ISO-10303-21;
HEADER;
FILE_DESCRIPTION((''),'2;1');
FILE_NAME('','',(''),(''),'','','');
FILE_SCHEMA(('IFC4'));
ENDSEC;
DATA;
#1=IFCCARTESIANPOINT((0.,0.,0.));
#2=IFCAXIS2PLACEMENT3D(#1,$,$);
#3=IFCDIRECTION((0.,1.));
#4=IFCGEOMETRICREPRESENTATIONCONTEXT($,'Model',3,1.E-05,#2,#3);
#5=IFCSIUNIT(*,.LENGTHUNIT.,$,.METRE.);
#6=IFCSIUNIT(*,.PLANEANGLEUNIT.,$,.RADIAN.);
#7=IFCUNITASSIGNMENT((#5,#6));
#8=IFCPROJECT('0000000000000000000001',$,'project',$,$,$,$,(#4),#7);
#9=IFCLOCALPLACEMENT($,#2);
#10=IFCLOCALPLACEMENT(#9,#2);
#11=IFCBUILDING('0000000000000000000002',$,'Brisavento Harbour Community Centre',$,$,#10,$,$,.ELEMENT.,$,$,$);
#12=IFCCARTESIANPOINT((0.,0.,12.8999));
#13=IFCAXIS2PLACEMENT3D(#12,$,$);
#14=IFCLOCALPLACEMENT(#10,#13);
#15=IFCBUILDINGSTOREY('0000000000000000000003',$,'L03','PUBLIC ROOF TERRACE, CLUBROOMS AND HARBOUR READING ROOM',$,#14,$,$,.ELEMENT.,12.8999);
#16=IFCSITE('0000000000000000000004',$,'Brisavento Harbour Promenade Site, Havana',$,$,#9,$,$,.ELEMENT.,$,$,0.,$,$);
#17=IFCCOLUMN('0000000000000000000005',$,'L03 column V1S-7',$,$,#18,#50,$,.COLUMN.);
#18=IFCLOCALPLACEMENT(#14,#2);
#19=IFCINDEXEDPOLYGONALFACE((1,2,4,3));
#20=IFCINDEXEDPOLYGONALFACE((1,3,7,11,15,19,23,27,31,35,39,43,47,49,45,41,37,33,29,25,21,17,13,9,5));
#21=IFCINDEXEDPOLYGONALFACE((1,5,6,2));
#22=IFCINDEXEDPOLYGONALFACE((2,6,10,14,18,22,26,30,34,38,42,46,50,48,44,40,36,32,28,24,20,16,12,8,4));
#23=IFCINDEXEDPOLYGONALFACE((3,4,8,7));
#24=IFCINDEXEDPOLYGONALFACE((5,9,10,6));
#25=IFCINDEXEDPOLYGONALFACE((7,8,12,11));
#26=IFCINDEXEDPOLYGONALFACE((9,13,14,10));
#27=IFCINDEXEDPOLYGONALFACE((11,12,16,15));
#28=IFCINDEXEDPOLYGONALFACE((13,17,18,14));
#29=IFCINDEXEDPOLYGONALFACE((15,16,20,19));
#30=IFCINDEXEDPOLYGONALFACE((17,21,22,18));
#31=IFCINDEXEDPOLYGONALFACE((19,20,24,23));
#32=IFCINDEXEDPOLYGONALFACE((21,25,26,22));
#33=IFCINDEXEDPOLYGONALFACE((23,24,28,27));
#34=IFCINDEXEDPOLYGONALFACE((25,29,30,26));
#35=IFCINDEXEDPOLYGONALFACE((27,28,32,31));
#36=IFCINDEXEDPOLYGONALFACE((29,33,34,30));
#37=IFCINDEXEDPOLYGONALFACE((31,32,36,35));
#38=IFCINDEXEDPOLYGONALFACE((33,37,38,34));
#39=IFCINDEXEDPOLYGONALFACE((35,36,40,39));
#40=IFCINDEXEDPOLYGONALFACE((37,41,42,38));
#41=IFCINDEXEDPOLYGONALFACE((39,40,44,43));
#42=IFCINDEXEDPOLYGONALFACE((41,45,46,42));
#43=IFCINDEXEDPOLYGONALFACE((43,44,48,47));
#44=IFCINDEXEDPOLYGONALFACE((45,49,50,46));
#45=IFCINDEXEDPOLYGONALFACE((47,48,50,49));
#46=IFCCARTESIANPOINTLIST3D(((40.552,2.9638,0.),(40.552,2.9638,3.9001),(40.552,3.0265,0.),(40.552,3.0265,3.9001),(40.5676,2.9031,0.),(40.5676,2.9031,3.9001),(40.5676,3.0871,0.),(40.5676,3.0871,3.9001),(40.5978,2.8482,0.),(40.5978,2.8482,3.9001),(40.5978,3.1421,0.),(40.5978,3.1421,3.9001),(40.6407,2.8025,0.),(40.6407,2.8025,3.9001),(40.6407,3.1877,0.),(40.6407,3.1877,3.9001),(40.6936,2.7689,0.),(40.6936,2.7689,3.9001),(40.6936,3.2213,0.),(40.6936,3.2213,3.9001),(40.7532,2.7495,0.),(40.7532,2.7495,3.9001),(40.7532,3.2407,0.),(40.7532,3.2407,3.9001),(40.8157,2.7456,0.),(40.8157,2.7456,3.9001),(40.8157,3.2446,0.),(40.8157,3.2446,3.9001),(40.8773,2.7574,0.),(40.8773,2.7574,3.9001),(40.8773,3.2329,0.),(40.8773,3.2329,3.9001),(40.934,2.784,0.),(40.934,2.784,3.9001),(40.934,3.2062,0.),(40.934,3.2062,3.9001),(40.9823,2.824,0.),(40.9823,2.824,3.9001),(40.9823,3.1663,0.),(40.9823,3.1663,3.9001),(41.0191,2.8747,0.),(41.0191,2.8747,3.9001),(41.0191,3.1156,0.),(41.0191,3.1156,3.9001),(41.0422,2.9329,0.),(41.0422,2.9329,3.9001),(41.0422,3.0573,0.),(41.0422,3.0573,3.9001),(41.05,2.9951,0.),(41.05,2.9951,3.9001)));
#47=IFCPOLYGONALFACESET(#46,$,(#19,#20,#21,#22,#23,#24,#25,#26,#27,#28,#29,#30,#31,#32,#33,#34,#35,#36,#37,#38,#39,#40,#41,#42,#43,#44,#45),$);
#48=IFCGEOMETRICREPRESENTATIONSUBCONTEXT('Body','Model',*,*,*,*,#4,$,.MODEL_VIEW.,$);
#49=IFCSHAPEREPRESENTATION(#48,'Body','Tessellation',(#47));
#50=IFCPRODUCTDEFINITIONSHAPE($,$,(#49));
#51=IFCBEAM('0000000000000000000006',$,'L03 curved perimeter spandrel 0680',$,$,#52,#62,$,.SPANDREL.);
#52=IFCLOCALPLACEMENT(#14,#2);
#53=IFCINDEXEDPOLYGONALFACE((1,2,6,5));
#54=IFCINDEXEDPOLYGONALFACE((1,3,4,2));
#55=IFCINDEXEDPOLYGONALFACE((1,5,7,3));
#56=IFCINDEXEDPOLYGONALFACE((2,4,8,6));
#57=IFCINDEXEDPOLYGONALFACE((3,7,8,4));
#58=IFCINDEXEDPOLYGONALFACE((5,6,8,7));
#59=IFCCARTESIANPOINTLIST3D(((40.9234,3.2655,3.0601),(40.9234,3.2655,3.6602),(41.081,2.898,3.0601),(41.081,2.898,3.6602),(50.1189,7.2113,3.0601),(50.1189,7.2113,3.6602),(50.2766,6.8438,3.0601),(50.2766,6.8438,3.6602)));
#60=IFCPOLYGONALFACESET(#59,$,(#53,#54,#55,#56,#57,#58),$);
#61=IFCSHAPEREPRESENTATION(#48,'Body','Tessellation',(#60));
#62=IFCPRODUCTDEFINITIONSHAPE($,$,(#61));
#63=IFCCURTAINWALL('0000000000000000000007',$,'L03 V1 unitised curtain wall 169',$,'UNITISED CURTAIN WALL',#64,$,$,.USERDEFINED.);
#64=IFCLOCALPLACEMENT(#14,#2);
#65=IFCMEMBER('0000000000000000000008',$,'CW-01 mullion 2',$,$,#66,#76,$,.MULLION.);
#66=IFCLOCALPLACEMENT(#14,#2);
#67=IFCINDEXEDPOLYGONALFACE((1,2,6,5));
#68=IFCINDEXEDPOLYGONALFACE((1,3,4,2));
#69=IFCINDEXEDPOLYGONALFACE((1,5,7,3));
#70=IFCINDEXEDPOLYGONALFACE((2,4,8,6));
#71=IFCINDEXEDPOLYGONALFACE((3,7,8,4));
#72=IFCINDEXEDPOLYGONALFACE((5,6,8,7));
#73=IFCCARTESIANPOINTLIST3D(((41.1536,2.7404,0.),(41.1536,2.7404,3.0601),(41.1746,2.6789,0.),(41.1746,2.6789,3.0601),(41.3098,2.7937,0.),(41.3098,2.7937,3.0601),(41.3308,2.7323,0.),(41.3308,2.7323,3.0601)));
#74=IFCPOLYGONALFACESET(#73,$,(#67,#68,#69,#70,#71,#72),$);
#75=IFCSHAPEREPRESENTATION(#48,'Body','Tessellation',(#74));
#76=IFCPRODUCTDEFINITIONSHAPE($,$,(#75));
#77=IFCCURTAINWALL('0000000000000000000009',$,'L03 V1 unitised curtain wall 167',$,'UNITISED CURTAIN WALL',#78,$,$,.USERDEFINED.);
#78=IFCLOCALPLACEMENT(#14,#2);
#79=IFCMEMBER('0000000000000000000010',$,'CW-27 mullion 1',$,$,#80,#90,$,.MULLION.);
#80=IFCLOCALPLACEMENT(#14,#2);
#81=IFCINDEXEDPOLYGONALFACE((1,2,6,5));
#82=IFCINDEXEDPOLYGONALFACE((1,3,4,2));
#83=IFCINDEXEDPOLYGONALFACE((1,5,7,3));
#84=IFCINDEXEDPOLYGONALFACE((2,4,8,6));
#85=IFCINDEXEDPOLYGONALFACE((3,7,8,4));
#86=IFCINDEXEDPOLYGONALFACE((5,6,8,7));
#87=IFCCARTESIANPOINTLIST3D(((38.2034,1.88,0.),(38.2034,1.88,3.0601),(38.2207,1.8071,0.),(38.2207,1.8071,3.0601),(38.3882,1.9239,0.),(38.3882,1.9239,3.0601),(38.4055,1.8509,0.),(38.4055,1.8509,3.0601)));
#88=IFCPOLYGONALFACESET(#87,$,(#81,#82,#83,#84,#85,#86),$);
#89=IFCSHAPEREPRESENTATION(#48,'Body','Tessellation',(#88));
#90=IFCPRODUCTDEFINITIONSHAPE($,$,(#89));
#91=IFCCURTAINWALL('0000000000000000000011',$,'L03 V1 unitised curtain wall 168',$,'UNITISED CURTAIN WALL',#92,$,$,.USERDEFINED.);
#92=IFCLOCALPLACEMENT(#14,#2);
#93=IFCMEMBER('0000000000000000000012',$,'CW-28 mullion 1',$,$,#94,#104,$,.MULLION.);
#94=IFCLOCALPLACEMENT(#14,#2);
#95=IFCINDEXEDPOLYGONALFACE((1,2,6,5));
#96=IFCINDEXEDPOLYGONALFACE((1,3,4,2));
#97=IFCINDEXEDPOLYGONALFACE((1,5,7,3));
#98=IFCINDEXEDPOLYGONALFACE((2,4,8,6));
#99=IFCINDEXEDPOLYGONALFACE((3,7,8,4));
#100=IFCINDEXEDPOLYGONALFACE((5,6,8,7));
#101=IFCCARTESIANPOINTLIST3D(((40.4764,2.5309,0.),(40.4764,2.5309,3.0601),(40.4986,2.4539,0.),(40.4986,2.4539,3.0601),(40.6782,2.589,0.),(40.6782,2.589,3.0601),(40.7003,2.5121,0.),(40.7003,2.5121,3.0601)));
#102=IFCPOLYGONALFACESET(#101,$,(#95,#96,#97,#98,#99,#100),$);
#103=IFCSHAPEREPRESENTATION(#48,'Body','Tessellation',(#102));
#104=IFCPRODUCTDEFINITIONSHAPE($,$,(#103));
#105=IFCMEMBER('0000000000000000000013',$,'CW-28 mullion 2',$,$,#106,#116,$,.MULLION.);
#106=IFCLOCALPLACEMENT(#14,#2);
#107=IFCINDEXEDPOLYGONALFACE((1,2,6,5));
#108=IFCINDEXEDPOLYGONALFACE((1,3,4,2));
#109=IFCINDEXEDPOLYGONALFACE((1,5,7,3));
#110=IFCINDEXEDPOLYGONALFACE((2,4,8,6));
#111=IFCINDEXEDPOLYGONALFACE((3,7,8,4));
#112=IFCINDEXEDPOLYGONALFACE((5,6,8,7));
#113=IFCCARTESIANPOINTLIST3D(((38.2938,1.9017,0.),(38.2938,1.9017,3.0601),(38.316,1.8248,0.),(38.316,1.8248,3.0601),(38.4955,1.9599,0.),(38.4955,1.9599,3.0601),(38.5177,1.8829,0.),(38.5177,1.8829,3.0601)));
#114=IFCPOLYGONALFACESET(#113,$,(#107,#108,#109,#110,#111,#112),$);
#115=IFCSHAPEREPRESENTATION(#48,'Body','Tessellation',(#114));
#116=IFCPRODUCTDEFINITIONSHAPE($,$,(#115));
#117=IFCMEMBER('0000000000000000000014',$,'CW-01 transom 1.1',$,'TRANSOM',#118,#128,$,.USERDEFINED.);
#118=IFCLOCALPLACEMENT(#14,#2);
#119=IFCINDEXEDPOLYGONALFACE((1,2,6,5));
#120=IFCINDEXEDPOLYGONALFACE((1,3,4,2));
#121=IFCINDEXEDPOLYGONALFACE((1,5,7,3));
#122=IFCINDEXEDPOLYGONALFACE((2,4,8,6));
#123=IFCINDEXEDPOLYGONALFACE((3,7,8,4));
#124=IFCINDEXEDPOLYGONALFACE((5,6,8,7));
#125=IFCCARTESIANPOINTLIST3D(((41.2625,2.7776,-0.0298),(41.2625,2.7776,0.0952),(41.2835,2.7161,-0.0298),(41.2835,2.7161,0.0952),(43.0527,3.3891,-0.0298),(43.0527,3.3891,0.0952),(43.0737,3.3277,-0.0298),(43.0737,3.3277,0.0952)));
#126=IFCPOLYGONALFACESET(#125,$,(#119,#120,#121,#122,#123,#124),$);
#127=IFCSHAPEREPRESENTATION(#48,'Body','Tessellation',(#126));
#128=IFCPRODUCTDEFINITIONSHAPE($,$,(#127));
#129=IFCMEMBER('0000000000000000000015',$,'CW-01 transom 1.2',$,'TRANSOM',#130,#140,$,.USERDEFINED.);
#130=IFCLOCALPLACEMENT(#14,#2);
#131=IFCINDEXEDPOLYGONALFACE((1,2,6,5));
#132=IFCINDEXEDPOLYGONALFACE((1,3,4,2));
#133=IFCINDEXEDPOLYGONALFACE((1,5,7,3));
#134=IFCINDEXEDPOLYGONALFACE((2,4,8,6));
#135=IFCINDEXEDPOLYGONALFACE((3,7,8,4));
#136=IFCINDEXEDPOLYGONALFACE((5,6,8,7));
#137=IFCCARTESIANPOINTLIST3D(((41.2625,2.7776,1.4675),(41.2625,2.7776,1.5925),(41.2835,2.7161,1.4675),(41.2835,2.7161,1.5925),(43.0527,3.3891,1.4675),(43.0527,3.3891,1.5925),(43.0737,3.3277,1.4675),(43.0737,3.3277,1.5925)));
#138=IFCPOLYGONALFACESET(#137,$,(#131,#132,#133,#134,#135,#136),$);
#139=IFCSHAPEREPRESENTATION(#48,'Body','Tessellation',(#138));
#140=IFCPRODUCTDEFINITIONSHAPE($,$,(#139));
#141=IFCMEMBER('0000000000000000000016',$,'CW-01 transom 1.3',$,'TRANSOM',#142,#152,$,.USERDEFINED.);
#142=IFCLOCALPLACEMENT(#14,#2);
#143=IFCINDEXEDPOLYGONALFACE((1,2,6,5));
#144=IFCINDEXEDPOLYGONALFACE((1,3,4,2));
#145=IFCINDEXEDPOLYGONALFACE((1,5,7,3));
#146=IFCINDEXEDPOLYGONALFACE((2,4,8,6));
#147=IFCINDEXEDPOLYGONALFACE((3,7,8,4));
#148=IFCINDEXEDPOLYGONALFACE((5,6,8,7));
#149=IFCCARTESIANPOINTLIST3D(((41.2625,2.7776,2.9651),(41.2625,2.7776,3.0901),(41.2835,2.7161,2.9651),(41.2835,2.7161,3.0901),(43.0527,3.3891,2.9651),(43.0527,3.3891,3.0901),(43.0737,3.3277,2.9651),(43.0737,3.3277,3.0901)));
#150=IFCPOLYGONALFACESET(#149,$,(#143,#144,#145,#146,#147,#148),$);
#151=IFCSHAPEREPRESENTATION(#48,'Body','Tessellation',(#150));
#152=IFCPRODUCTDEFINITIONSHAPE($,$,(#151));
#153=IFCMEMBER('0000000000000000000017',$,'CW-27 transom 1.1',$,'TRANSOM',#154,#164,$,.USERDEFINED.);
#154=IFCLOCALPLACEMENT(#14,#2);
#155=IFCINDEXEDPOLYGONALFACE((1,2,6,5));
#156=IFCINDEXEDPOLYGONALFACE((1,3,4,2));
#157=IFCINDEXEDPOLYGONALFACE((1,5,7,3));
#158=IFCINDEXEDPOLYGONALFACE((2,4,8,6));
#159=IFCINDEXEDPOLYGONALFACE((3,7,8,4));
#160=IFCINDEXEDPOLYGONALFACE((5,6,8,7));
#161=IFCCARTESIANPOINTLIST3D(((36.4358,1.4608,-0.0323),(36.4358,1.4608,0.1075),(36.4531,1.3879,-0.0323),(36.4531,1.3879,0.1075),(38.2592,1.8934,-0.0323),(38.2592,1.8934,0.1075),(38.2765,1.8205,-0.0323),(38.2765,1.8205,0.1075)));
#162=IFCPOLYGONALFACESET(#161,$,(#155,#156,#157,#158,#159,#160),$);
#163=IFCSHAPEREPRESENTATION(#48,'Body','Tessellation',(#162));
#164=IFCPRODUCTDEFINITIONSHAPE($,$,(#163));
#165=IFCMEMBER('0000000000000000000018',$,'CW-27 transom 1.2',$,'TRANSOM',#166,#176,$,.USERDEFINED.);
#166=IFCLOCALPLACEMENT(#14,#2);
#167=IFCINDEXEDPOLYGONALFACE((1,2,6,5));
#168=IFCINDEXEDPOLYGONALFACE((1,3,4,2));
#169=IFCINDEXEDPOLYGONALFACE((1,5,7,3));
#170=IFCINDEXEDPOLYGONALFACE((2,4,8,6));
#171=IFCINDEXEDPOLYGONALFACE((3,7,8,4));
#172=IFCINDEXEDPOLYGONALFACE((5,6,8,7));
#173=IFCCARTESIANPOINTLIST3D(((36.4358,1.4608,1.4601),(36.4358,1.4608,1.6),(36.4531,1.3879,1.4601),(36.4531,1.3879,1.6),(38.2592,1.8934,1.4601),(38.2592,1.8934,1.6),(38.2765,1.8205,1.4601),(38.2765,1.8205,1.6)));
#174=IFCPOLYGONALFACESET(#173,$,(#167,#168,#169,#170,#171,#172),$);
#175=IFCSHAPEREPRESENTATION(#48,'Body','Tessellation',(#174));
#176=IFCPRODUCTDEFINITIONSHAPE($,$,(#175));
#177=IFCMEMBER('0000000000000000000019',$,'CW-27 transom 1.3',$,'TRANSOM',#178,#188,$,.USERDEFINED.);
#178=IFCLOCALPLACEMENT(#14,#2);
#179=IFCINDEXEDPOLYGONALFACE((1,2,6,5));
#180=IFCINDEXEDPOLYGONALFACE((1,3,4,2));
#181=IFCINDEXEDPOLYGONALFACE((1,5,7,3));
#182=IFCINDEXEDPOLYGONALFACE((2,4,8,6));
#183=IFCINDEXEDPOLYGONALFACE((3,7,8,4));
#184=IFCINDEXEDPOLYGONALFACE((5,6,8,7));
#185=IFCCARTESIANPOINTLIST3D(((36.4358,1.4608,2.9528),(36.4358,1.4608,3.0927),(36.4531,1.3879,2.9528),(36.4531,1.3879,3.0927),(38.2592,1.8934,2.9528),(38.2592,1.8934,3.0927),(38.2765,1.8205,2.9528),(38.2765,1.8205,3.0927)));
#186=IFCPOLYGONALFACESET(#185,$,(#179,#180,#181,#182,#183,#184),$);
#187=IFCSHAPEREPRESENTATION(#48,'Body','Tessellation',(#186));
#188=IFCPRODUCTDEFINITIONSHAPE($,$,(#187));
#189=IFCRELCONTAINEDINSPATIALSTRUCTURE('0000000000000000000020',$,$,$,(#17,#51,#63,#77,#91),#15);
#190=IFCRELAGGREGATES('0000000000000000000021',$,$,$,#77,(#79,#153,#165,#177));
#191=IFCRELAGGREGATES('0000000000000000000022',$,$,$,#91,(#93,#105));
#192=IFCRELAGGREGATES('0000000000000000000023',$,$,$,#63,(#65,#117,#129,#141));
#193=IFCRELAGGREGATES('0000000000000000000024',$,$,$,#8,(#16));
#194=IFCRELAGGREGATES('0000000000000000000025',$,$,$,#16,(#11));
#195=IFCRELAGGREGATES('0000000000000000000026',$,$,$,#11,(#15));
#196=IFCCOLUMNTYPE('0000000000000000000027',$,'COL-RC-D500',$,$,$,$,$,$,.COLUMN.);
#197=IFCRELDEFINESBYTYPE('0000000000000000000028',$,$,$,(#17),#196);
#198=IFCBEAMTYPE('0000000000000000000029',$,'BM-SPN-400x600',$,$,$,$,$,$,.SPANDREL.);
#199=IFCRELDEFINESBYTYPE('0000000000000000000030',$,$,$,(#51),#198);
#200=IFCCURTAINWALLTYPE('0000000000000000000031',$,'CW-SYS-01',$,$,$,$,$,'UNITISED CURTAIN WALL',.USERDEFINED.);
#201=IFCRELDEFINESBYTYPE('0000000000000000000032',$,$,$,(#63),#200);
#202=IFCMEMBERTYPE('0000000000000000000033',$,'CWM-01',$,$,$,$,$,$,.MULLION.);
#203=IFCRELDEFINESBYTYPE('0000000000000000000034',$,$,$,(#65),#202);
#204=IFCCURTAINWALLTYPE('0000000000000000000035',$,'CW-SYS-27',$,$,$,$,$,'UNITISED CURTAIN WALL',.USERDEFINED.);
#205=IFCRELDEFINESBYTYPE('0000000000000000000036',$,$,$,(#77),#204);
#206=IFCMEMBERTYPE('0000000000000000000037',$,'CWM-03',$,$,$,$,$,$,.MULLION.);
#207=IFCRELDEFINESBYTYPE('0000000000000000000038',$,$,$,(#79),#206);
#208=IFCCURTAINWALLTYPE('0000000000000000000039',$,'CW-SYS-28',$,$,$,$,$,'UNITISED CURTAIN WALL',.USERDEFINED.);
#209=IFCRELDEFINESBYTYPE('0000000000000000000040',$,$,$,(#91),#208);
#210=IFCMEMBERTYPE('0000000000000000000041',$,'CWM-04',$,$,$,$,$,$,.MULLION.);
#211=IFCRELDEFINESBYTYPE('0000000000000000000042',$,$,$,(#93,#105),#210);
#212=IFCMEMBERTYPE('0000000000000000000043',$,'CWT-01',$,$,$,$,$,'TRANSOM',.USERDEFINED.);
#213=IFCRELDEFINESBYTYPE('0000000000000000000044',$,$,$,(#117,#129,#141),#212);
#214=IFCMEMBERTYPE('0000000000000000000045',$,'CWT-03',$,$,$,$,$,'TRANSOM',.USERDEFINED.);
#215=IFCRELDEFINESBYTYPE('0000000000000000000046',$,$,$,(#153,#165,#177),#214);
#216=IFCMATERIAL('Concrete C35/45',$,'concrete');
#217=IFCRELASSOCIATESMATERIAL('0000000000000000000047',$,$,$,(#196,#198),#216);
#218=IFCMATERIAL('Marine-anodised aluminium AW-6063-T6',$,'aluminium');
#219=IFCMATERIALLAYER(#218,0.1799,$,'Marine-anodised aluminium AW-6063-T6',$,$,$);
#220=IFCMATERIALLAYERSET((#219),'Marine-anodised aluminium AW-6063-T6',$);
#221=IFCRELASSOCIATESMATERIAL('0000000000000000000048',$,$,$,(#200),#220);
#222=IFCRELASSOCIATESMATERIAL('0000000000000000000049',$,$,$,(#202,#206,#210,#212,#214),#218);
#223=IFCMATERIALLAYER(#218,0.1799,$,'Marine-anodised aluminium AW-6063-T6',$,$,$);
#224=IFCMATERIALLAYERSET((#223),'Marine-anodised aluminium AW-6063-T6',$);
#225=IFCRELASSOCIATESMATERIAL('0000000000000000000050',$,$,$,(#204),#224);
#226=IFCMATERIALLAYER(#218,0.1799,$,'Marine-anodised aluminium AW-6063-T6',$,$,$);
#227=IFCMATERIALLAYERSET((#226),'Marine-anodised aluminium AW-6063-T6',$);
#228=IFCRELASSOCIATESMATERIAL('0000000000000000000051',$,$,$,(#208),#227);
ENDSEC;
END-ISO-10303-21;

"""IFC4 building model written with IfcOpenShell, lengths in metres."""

from ifc_helpers import new_model, si_unit, direction, frame, origin, origin_2d, place, context, subcontext, project, spatial, rectangle, circle, extrude, material, layer, layer_set, material_profile, profile_set, type_object, element, aggregate, save


model = new_model("IFC4")

# Units and contexts
model_context = context("Model", 3, precision=1e-05, world=origin(), true_north=direction((0.0, 1.0)))
body_context = subcontext(model_context, "Body", "Model", "MODEL_VIEW")
ifc_project = project(units=[si_unit("LENGTHUNIT", "METRE"), si_unit("PLANEANGLEUNIT", "RADIAN")], contexts=[model_context])

# Site, building, storey
site_placement = place(None, origin())
site = spatial("IfcSite", under=ifc_project, at=site_placement, Name="Brisavento Harbour Promenade Site, Havana", CompositionType="ELEMENT", RefElevation=0.0)
building_placement = place(site_placement, origin())
building = spatial("IfcBuilding", under=site, at=building_placement, Name="Brisavento Harbour Community Centre", CompositionType="ELEMENT")
storey_placement = place(building_placement, frame((0.0, 0.0, 12.8999)))
storey = spatial("IfcBuildingStorey", under=building, at=storey_placement, Name="L03", Description="PUBLIC ROOF TERRACE, CLUBROOMS AND HARBOUR READING ROOM", CompositionType="ELEMENT", Elevation=12.8999)

# Column
ifc_material_1 = material(Name="Concrete C35/45", Category="concrete")
ifc_material_profile_1 = material_profile(ifc_material_1, circle(Radius=0.25, at=origin_2d()), Name="Concrete C35/45")
ifc_profile_set_1 = profile_set([ifc_material_profile_1], Name="Concrete C35/45")
column_type = type_object("IfcColumnType", Name="COL-RC-D500", PredefinedType="COLUMN", material=ifc_profile_set_1)
column_placement = place(storey_placement, frame((40.8, 2.9951, 0.0), z_axis=(0.0, 0.0, 1.0), x_axis=(1.0, 0.0, 0.0)))
element("IfcColumn", 1, at=column_placement, inside=storey, type_object=column_type, Name="L03 column V1S-7", PredefinedType="COLUMN", context=body_context, shape_type="SweptSolid", body=[
    extrude(circle(Radius=0.25, at=origin_2d()), origin(), (0.0, 0.0, 1.0), 3.9001),
])

# Beam
ifc_material_profile_2 = material_profile(ifc_material_1, rectangle(XDim=0.3999, YDim=0.6001, at=origin_2d()), Name="Concrete C35/45")
ifc_profile_set_2 = profile_set([ifc_material_profile_2], Name="Concrete C35/45")
beam_type = type_object("IfcBeamType", Name="BM-SPN-400x600", PredefinedType="SPANDREL", material=ifc_profile_set_2)
beam_placement = place(storey_placement, frame((41.0022, 3.0818, 3.3601), z_axis=(0.91897, 0.394329, 0.0), x_axis=(-0.394329, 0.91897, 0.0)))
element("IfcBeam", 2, at=beam_placement, inside=storey, type_object=beam_type, Name="L03 curved perimeter spandrel 0680", PredefinedType="SPANDREL", context=body_context, shape_type="SweptSolid", body=[
    extrude(rectangle(XDim=0.3999, YDim=0.6001, at=origin_2d()), origin(), (0.0, 0.0, 1.0), 10.0063),
])

# Curtain walls, members
ifc_material_2 = material(Name="Marine-anodised aluminium AW-6063-T6", Category="aluminium")
ifc_layer_1 = layer(ifc_material_2, 0.1799, Name="Marine-anodised aluminium AW-6063-T6")
ifc_layer_set_1 = layer_set([ifc_layer_1], Name="Marine-anodised aluminium AW-6063-T6")
curtain_wall_type_1 = type_object("IfcCurtainWallType", Name="CW-SYS-01", ElementType="UNITISED CURTAIN WALL", PredefinedType="USERDEFINED", material=ifc_layer_set_1)
curtain_wall_1_placement = place(storey_placement, origin())
curtain_wall_1 = element("IfcCurtainWall", 3, at=curtain_wall_1_placement, inside=storey, type_object=curtain_wall_type_1, Name="L03 V1 unitised curtain wall 169", ObjectType="UNITISED CURTAIN WALL", PredefinedType="USERDEFINED")
ifc_material_profile_3 = material_profile(ifc_material_2, rectangle(XDim=0.0649, YDim=0.165, at=origin_2d()), Name="Marine-anodised aluminium AW-6063-T6")
ifc_profile_set_3 = profile_set([ifc_material_profile_3], Name="Marine-anodised aluminium AW-6063-T6")
member_type_1 = type_object("IfcMemberType", Name="CWM-01", PredefinedType="MULLION", material=ifc_profile_set_3)
member_1_placement = place(storey_placement, frame((41.2422, 2.7363, 0.0), z_axis=(0.0, 0.0, 1.0), x_axis=(0.323178, -0.946338, 0.0)))
member_1 = element("IfcMember", 4, at=member_1_placement, type_object=member_type_1, Name="CW-01 mullion 2", PredefinedType="MULLION", context=body_context, shape_type="SweptSolid", body=[
    extrude(rectangle(XDim=0.0649, YDim=0.165, at=origin_2d()), origin(), (0.0, 0.0, 1.0), 3.0601),
])
ifc_layer_2 = layer(ifc_material_2, 0.1799, Name="Marine-anodised aluminium AW-6063-T6")
ifc_layer_set_2 = layer_set([ifc_layer_2], Name="Marine-anodised aluminium AW-6063-T6")
curtain_wall_type_2 = type_object("IfcCurtainWallType", Name="CW-SYS-27", ElementType="UNITISED CURTAIN WALL", PredefinedType="USERDEFINED", material=ifc_layer_set_2)
curtain_wall_2_placement = place(storey_placement, origin())
curtain_wall_2 = element("IfcCurtainWall", 5, at=curtain_wall_2_placement, inside=storey, type_object=curtain_wall_type_2, Name="L03 V1 unitised curtain wall 167", ObjectType="UNITISED CURTAIN WALL", PredefinedType="USERDEFINED")
ifc_material_profile_4 = material_profile(ifc_material_2, rectangle(XDim=0.075, YDim=0.1899, at=origin_2d()), Name="Marine-anodised aluminium AW-6063-T6")
ifc_profile_set_4 = profile_set([ifc_material_profile_4], Name="Marine-anodised aluminium AW-6063-T6")
member_type_2 = type_object("IfcMemberType", Name="CWM-03", PredefinedType="MULLION", material=ifc_profile_set_4)
member_2_placement = place(storey_placement, frame((38.3044, 1.8655, 0.0), z_axis=(0.0, 0.0, 1.0), x_axis=(0.230812, -0.972998, 0.0)))
member_2 = element("IfcMember", 6, at=member_2_placement, type_object=member_type_2, Name="CW-27 mullion 1", PredefinedType="MULLION", context=body_context, shape_type="SweptSolid", body=[
    extrude(rectangle(XDim=0.075, YDim=0.1899, at=origin_2d()), origin(), (0.0, 0.0, 1.0), 3.0601),
])

# Curtain wall, members
ifc_layer_3 = layer(ifc_material_2, 0.1799, Name="Marine-anodised aluminium AW-6063-T6")
ifc_layer_set_3 = layer_set([ifc_layer_3], Name="Marine-anodised aluminium AW-6063-T6")
curtain_wall_type_3 = type_object("IfcCurtainWallType", Name="CW-SYS-28", ElementType="UNITISED CURTAIN WALL", PredefinedType="USERDEFINED", material=ifc_layer_set_3)
curtain_wall_3_placement = place(storey_placement, origin())
curtain_wall_3 = element("IfcCurtainWall", 7, at=curtain_wall_3_placement, inside=storey, type_object=curtain_wall_type_3, Name="L03 V1 unitised curtain wall 168", ObjectType="UNITISED CURTAIN WALL", PredefinedType="USERDEFINED")
ifc_material_profile_5 = material_profile(ifc_material_2, rectangle(XDim=0.0801, YDim=0.21, at=origin_2d()), Name="Marine-anodised aluminium AW-6063-T6")
ifc_profile_set_5 = profile_set([ifc_material_profile_5], Name="Marine-anodised aluminium AW-6063-T6")
member_type_3 = type_object("IfcMemberType", Name="CWM-04", PredefinedType="MULLION", material=ifc_profile_set_5)
member_3_placement = place(storey_placement, frame((40.5884, 2.5215, 0.0), z_axis=(0.0, 0.0, 1.0), x_axis=(0.277012, -0.960866, 0.0)))
member_3 = element("IfcMember", 8, at=member_3_placement, type_object=member_type_3, Name="CW-28 mullion 1", PredefinedType="MULLION", context=body_context, shape_type="SweptSolid", body=[
    extrude(rectangle(XDim=0.0801, YDim=0.21, at=origin_2d()), origin(), (0.0, 0.0, 1.0), 3.0601),
])
member_4_placement = place(storey_placement, frame((38.4058, 1.8923, 0.0), z_axis=(0.0, 0.0, 1.0), x_axis=(0.277012, -0.960866, 0.0)))
member_4 = element("IfcMember", 9, at=member_4_placement, type_object=member_type_3, Name="CW-28 mullion 2", PredefinedType="MULLION", context=body_context, shape_type="SweptSolid", body=[
    extrude(rectangle(XDim=0.0801, YDim=0.21, at=origin_2d()), origin(), (0.0, 0.0, 1.0), 3.0601),
])

# Members
ifc_material_profile_6 = material_profile(ifc_material_2, rectangle(XDim=0.0649, YDim=0.125, at=origin_2d()), Name="Marine-anodised aluminium AW-6063-T6")
ifc_profile_set_6 = profile_set([ifc_material_profile_6], Name="Marine-anodised aluminium AW-6063-T6")
member_type_4 = type_object("IfcMemberType", Name="CWT-01", ElementType="TRANSOM", PredefinedType="USERDEFINED", material=ifc_profile_set_6)
member_5_placement = place(storey_placement, frame((43.0632, 3.3584, 0.0327), z_axis=(-0.946308, -0.323265, 0.0), x_axis=(0.323265, -0.946308, 0.0)))
member_5 = element("IfcMember", 10, at=member_5_placement, type_object=member_type_4, Name="CW-01 transom 1.1", ObjectType="TRANSOM", PredefinedType="USERDEFINED", context=body_context, shape_type="SweptSolid", body=[
    extrude(rectangle(XDim=0.0649, YDim=0.125, at=origin_2d()), origin(), (0.0, 0.0, 1.0), 1.8918),
])
member_6_placement = place(storey_placement, frame((43.0632, 3.3584, 1.53), z_axis=(-0.946308, -0.323265, 0.0), x_axis=(0.323265, -0.946308, 0.0)))
member_6 = element("IfcMember", 11, at=member_6_placement, type_object=member_type_4, Name="CW-01 transom 1.2", ObjectType="TRANSOM", PredefinedType="USERDEFINED", context=body_context, shape_type="SweptSolid", body=[
    extrude(rectangle(XDim=0.0649, YDim=0.125, at=origin_2d()), origin(), (0.0, 0.0, 1.0), 1.8918),
])
member_7_placement = place(storey_placement, frame((43.0632, 3.3584, 3.0276), z_axis=(-0.946308, -0.323265, 0.0), x_axis=(0.323265, -0.946308, 0.0)))
member_7 = element("IfcMember", 12, at=member_7_placement, type_object=member_type_4, Name="CW-01 transom 1.3", ObjectType="TRANSOM", PredefinedType="USERDEFINED", context=body_context, shape_type="SweptSolid", body=[
    extrude(rectangle(XDim=0.0649, YDim=0.125, at=origin_2d()), origin(), (0.0, 0.0, 1.0), 1.8918),
])
ifc_material_profile_7 = material_profile(ifc_material_2, rectangle(XDim=0.075, YDim=0.1399, at=origin_2d()), Name="Marine-anodised aluminium AW-6063-T6")
ifc_profile_set_7 = profile_set([ifc_material_profile_7], Name="Marine-anodised aluminium AW-6063-T6")
member_type_5 = type_object("IfcMemberType", Name="CWT-03", ElementType="TRANSOM", PredefinedType="USERDEFINED", material=ifc_profile_set_7)
member_8_placement = place(storey_placement, frame((38.2678, 1.8569, 0.0376), z_axis=(-0.972992, -0.23084, 0.0), x_axis=(0.23084, -0.972992, 0.0)))
member_8 = element("IfcMember", 13, at=member_8_placement, type_object=member_type_5, Name="CW-27 transom 1.1", ObjectType="TRANSOM", PredefinedType="USERDEFINED", context=body_context, shape_type="SweptSolid", body=[
    extrude(rectangle(XDim=0.075, YDim=0.1399, at=origin_2d()), origin(), (0.0, 0.0, 1.0), 1.874),
])
member_9_placement = place(storey_placement, frame((38.2678, 1.8569, 1.53), z_axis=(-0.972992, -0.23084, 0.0), x_axis=(0.23084, -0.972992, 0.0)))
member_9 = element("IfcMember", 14, at=member_9_placement, type_object=member_type_5, Name="CW-27 transom 1.2", ObjectType="TRANSOM", PredefinedType="USERDEFINED", context=body_context, shape_type="SweptSolid", body=[
    extrude(rectangle(XDim=0.075, YDim=0.1399, at=origin_2d()), origin(), (0.0, 0.0, 1.0), 1.874),
])
member_10_placement = place(storey_placement, frame((38.2678, 1.8569, 3.0227), z_axis=(-0.972992, -0.23084, 0.0), x_axis=(0.23084, -0.972992, 0.0)))
member_10 = element("IfcMember", 15, at=member_10_placement, type_object=member_type_5, Name="CW-27 transom 1.3", ObjectType="TRANSOM", PredefinedType="USERDEFINED", context=body_context, shape_type="SweptSolid", body=[
    extrude(rectangle(XDim=0.075, YDim=0.1399, at=origin_2d()), origin(), (0.0, 0.0, 1.0), 1.874),
])

aggregate(curtain_wall_2, [member_2, member_8, member_9, member_10])
aggregate(curtain_wall_3, [member_3, member_4])
aggregate(curtain_wall_1, [member_1, member_5, member_6, member_7])

save(model, "model.ifc")
